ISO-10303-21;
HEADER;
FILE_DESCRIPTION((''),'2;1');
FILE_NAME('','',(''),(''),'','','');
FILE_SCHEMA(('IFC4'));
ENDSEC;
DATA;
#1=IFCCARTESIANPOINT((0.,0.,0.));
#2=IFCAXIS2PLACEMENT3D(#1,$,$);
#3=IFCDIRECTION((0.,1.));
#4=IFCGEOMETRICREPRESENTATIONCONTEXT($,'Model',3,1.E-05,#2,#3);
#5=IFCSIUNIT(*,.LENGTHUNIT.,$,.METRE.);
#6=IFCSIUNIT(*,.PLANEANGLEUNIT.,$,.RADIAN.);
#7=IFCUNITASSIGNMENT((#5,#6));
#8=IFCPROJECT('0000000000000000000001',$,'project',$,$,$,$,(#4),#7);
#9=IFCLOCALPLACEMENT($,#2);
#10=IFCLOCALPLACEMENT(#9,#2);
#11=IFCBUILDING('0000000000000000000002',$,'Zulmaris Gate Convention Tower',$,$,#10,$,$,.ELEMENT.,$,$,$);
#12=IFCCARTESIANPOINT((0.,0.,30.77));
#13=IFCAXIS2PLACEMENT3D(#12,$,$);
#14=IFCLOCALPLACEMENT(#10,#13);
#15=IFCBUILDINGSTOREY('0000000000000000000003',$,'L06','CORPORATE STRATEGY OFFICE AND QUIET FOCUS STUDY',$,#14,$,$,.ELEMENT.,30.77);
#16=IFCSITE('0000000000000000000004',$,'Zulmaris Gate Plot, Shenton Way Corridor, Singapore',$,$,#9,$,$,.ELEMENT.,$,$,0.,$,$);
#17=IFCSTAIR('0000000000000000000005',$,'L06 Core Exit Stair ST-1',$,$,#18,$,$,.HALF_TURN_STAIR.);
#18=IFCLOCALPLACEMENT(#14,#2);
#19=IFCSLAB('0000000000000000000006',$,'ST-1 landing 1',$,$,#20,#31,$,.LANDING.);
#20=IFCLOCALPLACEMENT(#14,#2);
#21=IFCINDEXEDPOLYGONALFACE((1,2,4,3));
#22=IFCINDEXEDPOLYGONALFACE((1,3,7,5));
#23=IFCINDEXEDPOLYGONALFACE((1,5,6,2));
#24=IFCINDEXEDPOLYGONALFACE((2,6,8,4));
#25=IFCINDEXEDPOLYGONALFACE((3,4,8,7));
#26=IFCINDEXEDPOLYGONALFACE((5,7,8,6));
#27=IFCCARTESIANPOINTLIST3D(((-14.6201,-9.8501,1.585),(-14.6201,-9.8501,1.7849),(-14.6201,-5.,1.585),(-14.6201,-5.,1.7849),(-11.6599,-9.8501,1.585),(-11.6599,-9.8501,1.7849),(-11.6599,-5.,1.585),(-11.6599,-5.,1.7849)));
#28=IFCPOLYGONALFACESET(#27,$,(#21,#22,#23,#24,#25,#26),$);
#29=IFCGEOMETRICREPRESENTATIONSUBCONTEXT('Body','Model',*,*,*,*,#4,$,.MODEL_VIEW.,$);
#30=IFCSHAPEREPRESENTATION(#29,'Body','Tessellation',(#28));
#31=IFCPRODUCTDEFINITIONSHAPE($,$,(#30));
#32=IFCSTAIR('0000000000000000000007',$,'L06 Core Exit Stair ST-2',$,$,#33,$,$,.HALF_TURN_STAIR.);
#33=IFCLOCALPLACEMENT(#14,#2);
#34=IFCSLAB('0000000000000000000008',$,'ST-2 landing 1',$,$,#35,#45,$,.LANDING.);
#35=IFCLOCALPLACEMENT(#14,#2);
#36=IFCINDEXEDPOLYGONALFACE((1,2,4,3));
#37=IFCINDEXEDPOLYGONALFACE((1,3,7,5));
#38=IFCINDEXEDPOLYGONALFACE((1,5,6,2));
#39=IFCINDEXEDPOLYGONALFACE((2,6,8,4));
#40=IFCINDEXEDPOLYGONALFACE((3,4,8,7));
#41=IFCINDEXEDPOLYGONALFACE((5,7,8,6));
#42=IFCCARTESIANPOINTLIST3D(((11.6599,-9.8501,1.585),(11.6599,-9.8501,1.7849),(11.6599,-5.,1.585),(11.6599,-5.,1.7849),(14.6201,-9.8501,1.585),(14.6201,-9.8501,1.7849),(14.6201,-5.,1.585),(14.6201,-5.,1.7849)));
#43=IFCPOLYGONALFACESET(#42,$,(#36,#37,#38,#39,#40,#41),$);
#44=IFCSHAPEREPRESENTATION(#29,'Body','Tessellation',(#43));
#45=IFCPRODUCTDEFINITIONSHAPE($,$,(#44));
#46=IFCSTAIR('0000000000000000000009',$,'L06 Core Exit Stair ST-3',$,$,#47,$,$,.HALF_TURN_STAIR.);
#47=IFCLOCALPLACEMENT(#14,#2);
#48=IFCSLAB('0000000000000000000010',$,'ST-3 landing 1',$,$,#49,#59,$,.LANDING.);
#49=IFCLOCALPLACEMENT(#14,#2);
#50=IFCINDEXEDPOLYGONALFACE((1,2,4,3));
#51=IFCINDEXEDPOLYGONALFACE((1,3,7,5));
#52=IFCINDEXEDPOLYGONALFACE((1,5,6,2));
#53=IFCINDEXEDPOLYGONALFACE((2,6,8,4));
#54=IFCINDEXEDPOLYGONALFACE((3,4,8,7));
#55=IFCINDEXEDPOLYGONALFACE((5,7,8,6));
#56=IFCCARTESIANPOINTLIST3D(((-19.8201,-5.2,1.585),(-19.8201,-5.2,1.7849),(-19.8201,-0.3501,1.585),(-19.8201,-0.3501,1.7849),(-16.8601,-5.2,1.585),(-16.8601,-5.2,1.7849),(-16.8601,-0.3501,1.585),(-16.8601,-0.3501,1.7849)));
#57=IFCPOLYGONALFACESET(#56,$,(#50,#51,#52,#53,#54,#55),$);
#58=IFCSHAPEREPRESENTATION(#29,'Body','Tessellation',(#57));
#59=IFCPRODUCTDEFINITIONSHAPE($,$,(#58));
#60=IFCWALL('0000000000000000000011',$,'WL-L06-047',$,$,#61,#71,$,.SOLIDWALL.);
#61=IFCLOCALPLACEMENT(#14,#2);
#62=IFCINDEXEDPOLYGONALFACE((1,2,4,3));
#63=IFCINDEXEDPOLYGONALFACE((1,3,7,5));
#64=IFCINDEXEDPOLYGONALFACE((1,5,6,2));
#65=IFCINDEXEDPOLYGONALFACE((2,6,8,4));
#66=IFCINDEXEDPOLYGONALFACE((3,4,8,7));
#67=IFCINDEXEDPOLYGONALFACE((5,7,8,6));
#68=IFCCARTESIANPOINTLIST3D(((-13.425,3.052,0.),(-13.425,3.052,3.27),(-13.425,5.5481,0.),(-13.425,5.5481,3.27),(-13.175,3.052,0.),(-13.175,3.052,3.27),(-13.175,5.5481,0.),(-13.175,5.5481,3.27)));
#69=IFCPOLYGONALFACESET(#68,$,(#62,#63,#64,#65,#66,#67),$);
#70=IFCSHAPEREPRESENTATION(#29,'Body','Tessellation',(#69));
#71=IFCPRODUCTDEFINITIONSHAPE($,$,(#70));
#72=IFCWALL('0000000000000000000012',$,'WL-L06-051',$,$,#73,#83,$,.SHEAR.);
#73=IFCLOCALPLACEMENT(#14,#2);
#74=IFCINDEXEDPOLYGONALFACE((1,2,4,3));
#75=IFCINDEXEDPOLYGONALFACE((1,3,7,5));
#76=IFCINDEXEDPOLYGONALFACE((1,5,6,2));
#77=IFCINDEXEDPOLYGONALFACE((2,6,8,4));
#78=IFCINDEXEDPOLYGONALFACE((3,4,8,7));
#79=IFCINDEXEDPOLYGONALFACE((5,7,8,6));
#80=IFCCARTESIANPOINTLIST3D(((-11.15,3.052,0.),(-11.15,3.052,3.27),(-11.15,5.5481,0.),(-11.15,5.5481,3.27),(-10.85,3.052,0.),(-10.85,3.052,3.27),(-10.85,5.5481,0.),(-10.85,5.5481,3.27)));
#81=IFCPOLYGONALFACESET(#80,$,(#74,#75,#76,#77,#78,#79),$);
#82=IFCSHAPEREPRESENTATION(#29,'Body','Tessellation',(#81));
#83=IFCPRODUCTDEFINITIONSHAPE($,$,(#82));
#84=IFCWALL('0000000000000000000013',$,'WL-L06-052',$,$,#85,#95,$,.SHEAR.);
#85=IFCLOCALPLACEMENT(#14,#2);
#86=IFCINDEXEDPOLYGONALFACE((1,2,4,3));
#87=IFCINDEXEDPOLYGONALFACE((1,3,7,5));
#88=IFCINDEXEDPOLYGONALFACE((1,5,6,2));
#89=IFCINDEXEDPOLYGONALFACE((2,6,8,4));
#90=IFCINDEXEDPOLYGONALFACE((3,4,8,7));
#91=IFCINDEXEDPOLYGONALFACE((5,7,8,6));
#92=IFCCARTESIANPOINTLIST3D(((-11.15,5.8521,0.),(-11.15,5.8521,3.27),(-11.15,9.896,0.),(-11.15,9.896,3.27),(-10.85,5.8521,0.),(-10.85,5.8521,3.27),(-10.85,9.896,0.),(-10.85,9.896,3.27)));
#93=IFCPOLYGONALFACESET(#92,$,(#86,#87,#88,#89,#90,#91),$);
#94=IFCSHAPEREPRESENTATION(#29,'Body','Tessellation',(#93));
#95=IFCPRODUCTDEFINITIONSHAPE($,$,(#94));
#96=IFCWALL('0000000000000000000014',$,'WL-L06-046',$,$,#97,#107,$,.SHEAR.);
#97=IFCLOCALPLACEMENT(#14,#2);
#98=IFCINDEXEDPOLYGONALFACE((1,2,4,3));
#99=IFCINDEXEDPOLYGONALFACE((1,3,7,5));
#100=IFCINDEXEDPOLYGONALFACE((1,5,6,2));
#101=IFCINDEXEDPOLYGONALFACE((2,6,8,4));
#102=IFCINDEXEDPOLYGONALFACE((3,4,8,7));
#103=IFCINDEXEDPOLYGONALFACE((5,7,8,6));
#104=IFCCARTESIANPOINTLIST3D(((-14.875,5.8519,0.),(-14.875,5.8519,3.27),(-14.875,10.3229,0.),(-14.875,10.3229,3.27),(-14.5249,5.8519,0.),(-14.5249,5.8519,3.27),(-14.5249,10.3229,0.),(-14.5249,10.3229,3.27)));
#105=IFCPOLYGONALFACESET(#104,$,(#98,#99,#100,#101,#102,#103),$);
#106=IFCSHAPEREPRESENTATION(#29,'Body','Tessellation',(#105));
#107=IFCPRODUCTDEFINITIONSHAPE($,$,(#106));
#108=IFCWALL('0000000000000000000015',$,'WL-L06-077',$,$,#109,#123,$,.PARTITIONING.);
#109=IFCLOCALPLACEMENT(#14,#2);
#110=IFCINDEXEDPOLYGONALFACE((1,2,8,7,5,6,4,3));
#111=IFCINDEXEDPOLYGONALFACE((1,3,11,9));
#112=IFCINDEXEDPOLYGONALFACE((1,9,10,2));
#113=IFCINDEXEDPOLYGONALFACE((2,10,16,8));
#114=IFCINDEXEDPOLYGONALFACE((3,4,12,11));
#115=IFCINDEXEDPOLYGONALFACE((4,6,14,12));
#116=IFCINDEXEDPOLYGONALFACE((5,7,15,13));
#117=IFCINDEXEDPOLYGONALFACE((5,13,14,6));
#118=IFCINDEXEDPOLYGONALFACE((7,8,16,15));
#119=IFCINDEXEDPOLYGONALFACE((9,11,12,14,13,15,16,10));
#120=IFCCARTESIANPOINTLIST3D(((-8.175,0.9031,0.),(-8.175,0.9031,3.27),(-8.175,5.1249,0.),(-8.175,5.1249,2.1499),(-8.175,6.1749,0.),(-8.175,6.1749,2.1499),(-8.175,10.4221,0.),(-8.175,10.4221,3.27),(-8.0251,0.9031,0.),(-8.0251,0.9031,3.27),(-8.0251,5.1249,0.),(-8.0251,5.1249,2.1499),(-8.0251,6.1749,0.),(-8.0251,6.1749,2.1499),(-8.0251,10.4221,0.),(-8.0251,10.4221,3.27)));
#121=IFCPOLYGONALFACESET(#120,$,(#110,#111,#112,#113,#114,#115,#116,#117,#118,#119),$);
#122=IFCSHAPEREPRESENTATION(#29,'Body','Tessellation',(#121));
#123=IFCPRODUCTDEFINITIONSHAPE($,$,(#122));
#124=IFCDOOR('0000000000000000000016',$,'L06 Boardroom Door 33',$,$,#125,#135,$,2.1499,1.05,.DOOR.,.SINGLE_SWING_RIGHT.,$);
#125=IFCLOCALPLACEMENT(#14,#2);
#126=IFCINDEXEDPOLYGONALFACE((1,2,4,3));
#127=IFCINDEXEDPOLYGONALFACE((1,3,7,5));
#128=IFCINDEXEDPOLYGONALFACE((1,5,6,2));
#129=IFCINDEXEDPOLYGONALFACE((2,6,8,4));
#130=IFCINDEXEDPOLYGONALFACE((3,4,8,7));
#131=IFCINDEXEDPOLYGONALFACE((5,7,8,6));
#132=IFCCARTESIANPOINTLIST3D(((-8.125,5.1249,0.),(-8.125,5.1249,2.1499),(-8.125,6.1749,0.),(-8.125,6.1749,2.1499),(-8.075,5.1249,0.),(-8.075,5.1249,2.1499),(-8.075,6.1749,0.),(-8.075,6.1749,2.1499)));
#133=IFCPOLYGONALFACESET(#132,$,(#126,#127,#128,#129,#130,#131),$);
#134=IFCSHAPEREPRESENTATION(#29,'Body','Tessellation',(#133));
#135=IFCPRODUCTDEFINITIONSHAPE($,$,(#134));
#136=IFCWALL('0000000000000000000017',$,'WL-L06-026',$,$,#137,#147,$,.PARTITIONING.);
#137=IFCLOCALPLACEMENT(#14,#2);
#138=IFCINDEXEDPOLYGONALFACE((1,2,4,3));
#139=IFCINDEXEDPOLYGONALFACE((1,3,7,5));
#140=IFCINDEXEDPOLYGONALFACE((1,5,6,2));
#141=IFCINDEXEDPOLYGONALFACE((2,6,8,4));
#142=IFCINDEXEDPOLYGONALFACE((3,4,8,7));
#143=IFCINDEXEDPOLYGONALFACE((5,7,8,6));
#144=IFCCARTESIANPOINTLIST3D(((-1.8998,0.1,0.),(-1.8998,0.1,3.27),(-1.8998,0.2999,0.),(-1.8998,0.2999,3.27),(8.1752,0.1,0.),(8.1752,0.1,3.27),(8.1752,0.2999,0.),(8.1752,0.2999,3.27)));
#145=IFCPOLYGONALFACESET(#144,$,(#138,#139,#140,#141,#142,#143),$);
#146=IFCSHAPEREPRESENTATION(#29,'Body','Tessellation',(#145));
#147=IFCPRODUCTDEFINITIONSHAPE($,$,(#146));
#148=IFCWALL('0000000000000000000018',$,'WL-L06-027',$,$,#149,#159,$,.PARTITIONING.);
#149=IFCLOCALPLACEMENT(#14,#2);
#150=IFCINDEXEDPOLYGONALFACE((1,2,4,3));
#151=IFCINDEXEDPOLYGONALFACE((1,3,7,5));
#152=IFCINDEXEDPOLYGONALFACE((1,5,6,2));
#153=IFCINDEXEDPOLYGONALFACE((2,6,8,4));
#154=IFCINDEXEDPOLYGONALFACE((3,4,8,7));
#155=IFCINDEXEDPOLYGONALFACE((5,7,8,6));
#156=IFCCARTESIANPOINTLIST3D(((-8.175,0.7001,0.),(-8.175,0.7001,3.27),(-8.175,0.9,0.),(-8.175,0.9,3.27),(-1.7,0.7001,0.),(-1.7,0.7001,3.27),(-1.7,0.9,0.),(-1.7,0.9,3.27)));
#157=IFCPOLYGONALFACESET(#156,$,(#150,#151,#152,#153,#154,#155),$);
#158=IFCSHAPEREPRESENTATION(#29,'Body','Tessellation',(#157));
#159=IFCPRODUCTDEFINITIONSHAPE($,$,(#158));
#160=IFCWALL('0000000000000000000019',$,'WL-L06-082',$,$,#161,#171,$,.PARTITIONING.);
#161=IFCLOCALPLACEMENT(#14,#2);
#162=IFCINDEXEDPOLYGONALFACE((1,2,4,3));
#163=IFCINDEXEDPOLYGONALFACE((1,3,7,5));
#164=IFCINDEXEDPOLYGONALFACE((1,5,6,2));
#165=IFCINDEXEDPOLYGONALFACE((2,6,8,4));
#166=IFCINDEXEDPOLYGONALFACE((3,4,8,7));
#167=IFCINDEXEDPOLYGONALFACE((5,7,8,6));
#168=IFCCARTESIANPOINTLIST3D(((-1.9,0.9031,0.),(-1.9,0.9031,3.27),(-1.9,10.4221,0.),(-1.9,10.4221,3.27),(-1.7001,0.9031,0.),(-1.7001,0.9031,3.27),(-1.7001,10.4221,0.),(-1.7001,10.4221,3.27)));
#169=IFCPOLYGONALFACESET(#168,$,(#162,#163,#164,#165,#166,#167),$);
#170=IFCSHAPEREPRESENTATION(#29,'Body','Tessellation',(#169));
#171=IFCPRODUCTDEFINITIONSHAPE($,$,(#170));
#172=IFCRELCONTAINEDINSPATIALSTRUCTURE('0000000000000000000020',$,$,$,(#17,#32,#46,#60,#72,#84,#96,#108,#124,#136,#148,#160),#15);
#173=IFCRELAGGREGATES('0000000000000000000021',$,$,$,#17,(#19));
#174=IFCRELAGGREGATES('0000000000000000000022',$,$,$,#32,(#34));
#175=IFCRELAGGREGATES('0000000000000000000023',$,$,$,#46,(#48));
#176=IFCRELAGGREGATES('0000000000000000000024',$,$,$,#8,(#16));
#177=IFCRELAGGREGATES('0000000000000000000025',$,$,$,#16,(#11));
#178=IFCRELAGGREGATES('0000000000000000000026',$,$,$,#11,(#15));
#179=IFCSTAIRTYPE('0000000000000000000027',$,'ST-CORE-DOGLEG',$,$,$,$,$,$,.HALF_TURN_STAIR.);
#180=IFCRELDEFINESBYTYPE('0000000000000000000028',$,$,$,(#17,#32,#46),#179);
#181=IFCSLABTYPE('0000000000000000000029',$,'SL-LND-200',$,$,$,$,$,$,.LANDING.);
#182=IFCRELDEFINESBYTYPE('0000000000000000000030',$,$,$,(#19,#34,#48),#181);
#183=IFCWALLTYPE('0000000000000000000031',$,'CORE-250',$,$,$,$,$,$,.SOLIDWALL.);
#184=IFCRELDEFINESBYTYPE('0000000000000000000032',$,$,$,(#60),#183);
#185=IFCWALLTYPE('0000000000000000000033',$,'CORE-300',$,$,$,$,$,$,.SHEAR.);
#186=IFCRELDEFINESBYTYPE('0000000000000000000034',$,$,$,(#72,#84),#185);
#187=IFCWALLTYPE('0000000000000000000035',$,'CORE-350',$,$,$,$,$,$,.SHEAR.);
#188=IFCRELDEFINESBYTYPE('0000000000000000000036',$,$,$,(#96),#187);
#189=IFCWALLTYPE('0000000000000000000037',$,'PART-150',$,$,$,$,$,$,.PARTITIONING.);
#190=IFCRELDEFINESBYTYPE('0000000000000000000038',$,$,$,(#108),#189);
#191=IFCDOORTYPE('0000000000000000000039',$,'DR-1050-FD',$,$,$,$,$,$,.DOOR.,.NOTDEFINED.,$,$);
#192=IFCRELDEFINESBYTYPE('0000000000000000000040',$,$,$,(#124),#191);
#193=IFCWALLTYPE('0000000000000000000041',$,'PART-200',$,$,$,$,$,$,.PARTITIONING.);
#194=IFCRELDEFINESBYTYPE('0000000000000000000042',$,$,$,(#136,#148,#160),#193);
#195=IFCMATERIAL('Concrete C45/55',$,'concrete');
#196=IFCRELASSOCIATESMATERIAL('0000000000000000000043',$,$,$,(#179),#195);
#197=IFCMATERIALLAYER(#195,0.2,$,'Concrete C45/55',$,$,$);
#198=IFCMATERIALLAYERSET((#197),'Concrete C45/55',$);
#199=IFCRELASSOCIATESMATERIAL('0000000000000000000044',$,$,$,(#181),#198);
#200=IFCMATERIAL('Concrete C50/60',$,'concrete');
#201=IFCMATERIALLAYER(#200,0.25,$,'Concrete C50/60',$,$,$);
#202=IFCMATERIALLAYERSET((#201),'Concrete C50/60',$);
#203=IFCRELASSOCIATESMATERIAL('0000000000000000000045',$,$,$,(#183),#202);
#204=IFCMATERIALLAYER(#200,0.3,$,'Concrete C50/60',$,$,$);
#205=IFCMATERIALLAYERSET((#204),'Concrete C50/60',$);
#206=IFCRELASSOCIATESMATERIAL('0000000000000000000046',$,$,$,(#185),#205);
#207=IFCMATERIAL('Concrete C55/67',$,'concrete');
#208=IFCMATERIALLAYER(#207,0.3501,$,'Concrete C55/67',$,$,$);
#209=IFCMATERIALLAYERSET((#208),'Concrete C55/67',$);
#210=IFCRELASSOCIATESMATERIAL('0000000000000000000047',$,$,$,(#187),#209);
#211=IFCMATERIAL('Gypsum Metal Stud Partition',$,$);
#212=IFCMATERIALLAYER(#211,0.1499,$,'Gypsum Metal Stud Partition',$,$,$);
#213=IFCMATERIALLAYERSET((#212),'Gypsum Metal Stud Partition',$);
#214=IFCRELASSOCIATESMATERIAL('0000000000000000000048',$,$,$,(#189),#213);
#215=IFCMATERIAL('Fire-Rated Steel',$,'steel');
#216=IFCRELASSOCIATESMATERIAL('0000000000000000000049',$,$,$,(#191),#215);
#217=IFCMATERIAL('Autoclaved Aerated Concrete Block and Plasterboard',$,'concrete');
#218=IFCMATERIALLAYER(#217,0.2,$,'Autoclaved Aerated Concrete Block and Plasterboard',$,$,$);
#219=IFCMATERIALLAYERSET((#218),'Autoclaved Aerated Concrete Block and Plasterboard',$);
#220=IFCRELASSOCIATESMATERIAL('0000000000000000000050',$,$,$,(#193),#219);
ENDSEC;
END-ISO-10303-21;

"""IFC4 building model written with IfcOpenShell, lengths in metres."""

from ifc_helpers import new_model, si_unit, direction, frame, frame_2d, origin, place, context, subcontext, project, spatial, polyline, rectangle, outline, extrude, material, layer, layer_set, type_object, element, fill, aggregate, save


model = new_model("IFC4")

# Units and contexts
model_context = context("Model", 3, precision=1e-05, world=origin(), true_north=direction((0.0, 1.0)))
body_context = subcontext(model_context, "Body", "Model", "MODEL_VIEW")
ifc_project = project(units=[si_unit("LENGTHUNIT", "METRE"), si_unit("PLANEANGLEUNIT", "RADIAN")], contexts=[model_context])

# Site, building, storey
site_placement = place(None, origin())
site = spatial("IfcSite", under=ifc_project, at=site_placement, Name="Zulmaris Gate Plot, Shenton Way Corridor, Singapore", CompositionType="ELEMENT", RefElevation=0.0)
building_placement = place(site_placement, origin())
building = spatial("IfcBuilding", under=site, at=building_placement, Name="Zulmaris Gate Convention Tower", CompositionType="ELEMENT")
storey_placement = place(building_placement, frame((0.0, 0.0, 30.77)))
storey = spatial("IfcBuildingStorey", under=building, at=storey_placement, Name="L06", Description="CORPORATE STRATEGY OFFICE AND QUIET FOCUS STUDY", CompositionType="ELEMENT", Elevation=30.77)

# Stairs, slabs
ifc_material_1 = material(Name="Concrete C45/55", Category="concrete")
stair_type = type_object("IfcStairType", Name="ST-CORE-DOGLEG", PredefinedType="HALF_TURN_STAIR", material=ifc_material_1)
stair_1_placement = place(storey_placement, origin())
stair_1 = element("IfcStair", 1, at=stair_1_placement, inside=storey, type_object=stair_type, Name="L06 Core Exit Stair ST-1", PredefinedType="HALF_TURN_STAIR")
ifc_layer_1 = layer(ifc_material_1, 0.2, Name="Concrete C45/55")
ifc_layer_set_1 = layer_set([ifc_layer_1], Name="Concrete C45/55")
slab_type = type_object("IfcSlabType", Name="SL-LND-200", PredefinedType="LANDING", material=ifc_layer_set_1)
slab_1_placement = place(storey_placement, frame((0.0, 0.0, 1.585)))
slab_1 = element("IfcSlab", 2, at=slab_1_placement, type_object=slab_type, Name="ST-1 landing 1", PredefinedType="LANDING", context=body_context, shape_type="SweptSolid", body=[
    extrude(outline(polyline([(-14.6201, -5.0), (-14.6201, -9.8501), (-11.6599, -9.8501), (-11.6599, -5.0), (-14.6201, -5.0)])), origin(), (0.0, 0.0, 1.0), 0.2),
])
aggregate(stair_1, [slab_1])
stair_2_placement = place(storey_placement, origin())
stair_2 = element("IfcStair", 3, at=stair_2_placement, inside=storey, type_object=stair_type, Name="L06 Core Exit Stair ST-2", PredefinedType="HALF_TURN_STAIR")
slab_2_placement = place(storey_placement, frame((0.0, 0.0, 1.585)))
slab_2 = element("IfcSlab", 4, at=slab_2_placement, type_object=slab_type, Name="ST-2 landing 1", PredefinedType="LANDING", context=body_context, shape_type="SweptSolid", body=[
    extrude(outline(polyline([(11.6599, -5.0), (11.6599, -9.8501), (14.6201, -9.8501), (14.6201, -5.0), (11.6599, -5.0)])), origin(), (0.0, 0.0, 1.0), 0.2),
])
aggregate(stair_2, [slab_2])
stair_3_placement = place(storey_placement, origin())
stair_3 = element("IfcStair", 5, at=stair_3_placement, inside=storey, type_object=stair_type, Name="L06 Core Exit Stair ST-3", PredefinedType="HALF_TURN_STAIR")
slab_3_placement = place(storey_placement, frame((0.0, 0.0, 1.585)))
slab_3 = element("IfcSlab", 6, at=slab_3_placement, type_object=slab_type, Name="ST-3 landing 1", PredefinedType="LANDING", context=body_context, shape_type="SweptSolid", body=[
    extrude(outline(polyline([(-16.8601, -5.2), (-16.8601, -0.3501), (-19.8201, -0.3501), (-19.8201, -5.2), (-16.8601, -5.2)])), origin(), (0.0, 0.0, 1.0), 0.2),
])
aggregate(stair_3, [slab_3])

# Wall
ifc_material_2 = material(Name="Concrete C50/60", Category="concrete")
ifc_layer_2 = layer(ifc_material_2, 0.25, Name="Concrete C50/60")
ifc_layer_set_2 = layer_set([ifc_layer_2], Name="Concrete C50/60")
wall_type_1 = type_object("IfcWallType", Name="CORE-250", PredefinedType="SOLIDWALL", material=ifc_layer_set_2)
wall_1_placement = place(storey_placement, frame((-13.3, 3.052, 0.0), z_axis=(0.0, 0.0, 1.0), x_axis=(0.0, 1.0, 0.0)))
element("IfcWall", 7, at=wall_1_placement, inside=storey, type_object=wall_type_1, Name="WL-L06-047", PredefinedType="SOLIDWALL", context=body_context, shape_type="SweptSolid", body=[
    extrude(rectangle(XDim=2.4961, YDim=0.25, at=frame_2d((1.248, 0.0))), origin(), (0.0, 0.0, 1.0), 3.27),
])

# Shared definitions
ifc_layer_3 = layer(ifc_material_2, 0.3, Name="Concrete C50/60")
ifc_layer_set_3 = layer_set([ifc_layer_3], Name="Concrete C50/60")
wall_type_2 = type_object("IfcWallType", Name="CORE-300", PredefinedType="SHEAR", material=ifc_layer_set_3)
ifc_material_3 = material(Name="Fire-Rated Steel", Category="steel")

# Walls
wall_2_placement = place(storey_placement, frame((-11.0, 3.052, 0.0), z_axis=(0.0, 0.0, 1.0), x_axis=(0.0, 1.0, 0.0)))
element("IfcWall", 8, at=wall_2_placement, inside=storey, type_object=wall_type_2, Name="WL-L06-051", PredefinedType="SHEAR", context=body_context, shape_type="SweptSolid", body=[
    extrude(rectangle(XDim=2.4961, YDim=0.3, at=frame_2d((1.248, 0.0))), origin(), (0.0, 0.0, 1.0), 3.27),
])
wall_3_placement = place(storey_placement, frame((-11.0, 5.8521, 0.0), z_axis=(0.0, 0.0, 1.0), x_axis=(0.0, 1.0, 0.0)))
element("IfcWall", 9, at=wall_3_placement, inside=storey, type_object=wall_type_2, Name="WL-L06-052", PredefinedType="SHEAR", context=body_context, shape_type="SweptSolid", body=[
    extrude(rectangle(XDim=4.0439, YDim=0.3, at=frame_2d((2.022, 0.0))), origin(), (0.0, 0.0, 1.0), 3.27),
])
ifc_material_4 = material(Name="Concrete C55/67", Category="concrete")
ifc_layer_4 = layer(ifc_material_4, 0.3501, Name="Concrete C55/67")
ifc_layer_set_4 = layer_set([ifc_layer_4], Name="Concrete C55/67")
wall_type_3 = type_object("IfcWallType", Name="CORE-350", PredefinedType="SHEAR", material=ifc_layer_set_4)
wall_4_placement = place(storey_placement, frame((-14.7, 5.8521, 0.0), z_axis=(0.0, 0.0, 1.0), x_axis=(0.0, 1.0, 0.0)))
element("IfcWall", 10, at=wall_4_placement, inside=storey, type_object=wall_type_3, Name="WL-L06-046", PredefinedType="SHEAR", context=body_context, shape_type="SweptSolid", body=[
    extrude(rectangle(XDim=4.4709, YDim=0.3501, at=frame_2d((2.2354, 0.0))), origin(), (0.0, 0.0, 1.0), 3.27),
])

# Wall, opening, door
ifc_material_5 = material(Name="Gypsum Metal Stud Partition")
ifc_layer_5 = layer(ifc_material_5, 0.1499, Name="Gypsum Metal Stud Partition")
ifc_layer_set_5 = layer_set([ifc_layer_5], Name="Gypsum Metal Stud Partition")
wall_type_4 = type_object("IfcWallType", Name="PART-150", PredefinedType="PARTITIONING", material=ifc_layer_set_5)
wall_5_placement = place(storey_placement, frame((-8.1001, 0.9031, 0.0), z_axis=(0.0, 0.0, 1.0), x_axis=(0.0, 1.0, 0.0)))
wall_5 = element("IfcWall", 11, at=wall_5_placement, inside=storey, type_object=wall_type_4, Name="WL-L06-077", PredefinedType="PARTITIONING", context=body_context, shape_type="SweptSolid", body=[
    extrude(rectangle(XDim=9.519, YDim=0.1499, at=frame_2d((4.7595, 0.0))), origin(), (0.0, 0.0, 1.0), 3.27),
])
opening_1_placement = place(wall_5_placement, frame((4.2219, 0.0, 0.0)))
opening_1 = element("IfcOpeningElement", 12, at=opening_1_placement, cuts=wall_5, PredefinedType="OPENING", context=body_context, shape_type="SweptSolid", body=[
    extrude(rectangle(XDim=1.05, YDim=2.1499, at=frame_2d((0.5249, 1.075))), frame((0.0, 0.085, 0.0), z_axis=(0.0, -1.0, 0.0), x_axis=(1.0, 0.0, 0.0)), (0.0, 0.0, 1.0), 0.1699),
])
door_type_1 = type_object("IfcDoorType", Name="DR-1050-FD", OperationType="NOTDEFINED", PredefinedType="DOOR", material=ifc_material_3)
door_1_placement = place(opening_1_placement, origin())
door_1 = element("IfcDoor", 13, at=door_1_placement, inside=storey, type_object=door_type_1, Name="L06 Boardroom Door 33", OperationType="SINGLE_SWING_RIGHT", OverallHeight=2.1499, OverallWidth=1.05, PredefinedType="DOOR", context=body_context, shape_type="SweptSolid", body=[
    extrude(rectangle(XDim=1.05, YDim=2.1499, at=frame_2d((0.5249, 1.075))), frame((0.0, 0.0249, 0.0), z_axis=(0.0, -1.0, 0.0), x_axis=(1.0, 0.0, 0.0)), (0.0, 0.0, 1.0), 0.05),
])
fill(opening_1, door_1)

# Walls
ifc_material_6 = material(Name="Autoclaved Aerated Concrete Block and Plasterboard", Category="concrete")
ifc_layer_6 = layer(ifc_material_6, 0.2, Name="Autoclaved Aerated Concrete Block and Plasterboard")
ifc_layer_set_6 = layer_set([ifc_layer_6], Name="Autoclaved Aerated Concrete Block and Plasterboard")
wall_type_5 = type_object("IfcWallType", Name="PART-200", PredefinedType="PARTITIONING", material=ifc_layer_set_6)
wall_6_placement = place(storey_placement, frame((-1.8999, 0.2, 0.0), z_axis=(0.0, 0.0, 1.0), x_axis=(1.0, 0.0, 0.0)))
element("IfcWall", 14, at=wall_6_placement, inside=storey, type_object=wall_type_5, Name="WL-L06-026", PredefinedType="PARTITIONING", context=body_context, shape_type="SweptSolid", body=[
    extrude(rectangle(XDim=10.075, YDim=0.2, at=frame_2d((5.0376, 0.0))), origin(), (0.0, 0.0, 1.0), 3.27),
])
wall_7_placement = place(storey_placement, frame((-8.175, 0.8, 0.0), z_axis=(0.0, 0.0, 1.0), x_axis=(1.0, 0.0, 0.0)))
element("IfcWall", 15, at=wall_7_placement, inside=storey, type_object=wall_type_5, Name="WL-L06-027", PredefinedType="PARTITIONING", context=body_context, shape_type="SweptSolid", body=[
    extrude(rectangle(XDim=6.4751, YDim=0.2, at=frame_2d((3.2375, 0.0))), origin(), (0.0, 0.0, 1.0), 3.27),
])
wall_8_placement = place(storey_placement, frame((-1.8, 0.9031, 0.0), z_axis=(0.0, 0.0, 1.0), x_axis=(0.0, 1.0, 0.0)))
element("IfcWall", 16, at=wall_8_placement, inside=storey, type_object=wall_type_5, Name="WL-L06-082", PredefinedType="PARTITIONING", context=body_context, shape_type="SweptSolid", body=[
    extrude(rectangle(XDim=9.519, YDim=0.2, at=frame_2d((4.7595, 0.0))), origin(), (0.0, 0.0, 1.0), 3.27),
])

save(model, "model.ifc")
